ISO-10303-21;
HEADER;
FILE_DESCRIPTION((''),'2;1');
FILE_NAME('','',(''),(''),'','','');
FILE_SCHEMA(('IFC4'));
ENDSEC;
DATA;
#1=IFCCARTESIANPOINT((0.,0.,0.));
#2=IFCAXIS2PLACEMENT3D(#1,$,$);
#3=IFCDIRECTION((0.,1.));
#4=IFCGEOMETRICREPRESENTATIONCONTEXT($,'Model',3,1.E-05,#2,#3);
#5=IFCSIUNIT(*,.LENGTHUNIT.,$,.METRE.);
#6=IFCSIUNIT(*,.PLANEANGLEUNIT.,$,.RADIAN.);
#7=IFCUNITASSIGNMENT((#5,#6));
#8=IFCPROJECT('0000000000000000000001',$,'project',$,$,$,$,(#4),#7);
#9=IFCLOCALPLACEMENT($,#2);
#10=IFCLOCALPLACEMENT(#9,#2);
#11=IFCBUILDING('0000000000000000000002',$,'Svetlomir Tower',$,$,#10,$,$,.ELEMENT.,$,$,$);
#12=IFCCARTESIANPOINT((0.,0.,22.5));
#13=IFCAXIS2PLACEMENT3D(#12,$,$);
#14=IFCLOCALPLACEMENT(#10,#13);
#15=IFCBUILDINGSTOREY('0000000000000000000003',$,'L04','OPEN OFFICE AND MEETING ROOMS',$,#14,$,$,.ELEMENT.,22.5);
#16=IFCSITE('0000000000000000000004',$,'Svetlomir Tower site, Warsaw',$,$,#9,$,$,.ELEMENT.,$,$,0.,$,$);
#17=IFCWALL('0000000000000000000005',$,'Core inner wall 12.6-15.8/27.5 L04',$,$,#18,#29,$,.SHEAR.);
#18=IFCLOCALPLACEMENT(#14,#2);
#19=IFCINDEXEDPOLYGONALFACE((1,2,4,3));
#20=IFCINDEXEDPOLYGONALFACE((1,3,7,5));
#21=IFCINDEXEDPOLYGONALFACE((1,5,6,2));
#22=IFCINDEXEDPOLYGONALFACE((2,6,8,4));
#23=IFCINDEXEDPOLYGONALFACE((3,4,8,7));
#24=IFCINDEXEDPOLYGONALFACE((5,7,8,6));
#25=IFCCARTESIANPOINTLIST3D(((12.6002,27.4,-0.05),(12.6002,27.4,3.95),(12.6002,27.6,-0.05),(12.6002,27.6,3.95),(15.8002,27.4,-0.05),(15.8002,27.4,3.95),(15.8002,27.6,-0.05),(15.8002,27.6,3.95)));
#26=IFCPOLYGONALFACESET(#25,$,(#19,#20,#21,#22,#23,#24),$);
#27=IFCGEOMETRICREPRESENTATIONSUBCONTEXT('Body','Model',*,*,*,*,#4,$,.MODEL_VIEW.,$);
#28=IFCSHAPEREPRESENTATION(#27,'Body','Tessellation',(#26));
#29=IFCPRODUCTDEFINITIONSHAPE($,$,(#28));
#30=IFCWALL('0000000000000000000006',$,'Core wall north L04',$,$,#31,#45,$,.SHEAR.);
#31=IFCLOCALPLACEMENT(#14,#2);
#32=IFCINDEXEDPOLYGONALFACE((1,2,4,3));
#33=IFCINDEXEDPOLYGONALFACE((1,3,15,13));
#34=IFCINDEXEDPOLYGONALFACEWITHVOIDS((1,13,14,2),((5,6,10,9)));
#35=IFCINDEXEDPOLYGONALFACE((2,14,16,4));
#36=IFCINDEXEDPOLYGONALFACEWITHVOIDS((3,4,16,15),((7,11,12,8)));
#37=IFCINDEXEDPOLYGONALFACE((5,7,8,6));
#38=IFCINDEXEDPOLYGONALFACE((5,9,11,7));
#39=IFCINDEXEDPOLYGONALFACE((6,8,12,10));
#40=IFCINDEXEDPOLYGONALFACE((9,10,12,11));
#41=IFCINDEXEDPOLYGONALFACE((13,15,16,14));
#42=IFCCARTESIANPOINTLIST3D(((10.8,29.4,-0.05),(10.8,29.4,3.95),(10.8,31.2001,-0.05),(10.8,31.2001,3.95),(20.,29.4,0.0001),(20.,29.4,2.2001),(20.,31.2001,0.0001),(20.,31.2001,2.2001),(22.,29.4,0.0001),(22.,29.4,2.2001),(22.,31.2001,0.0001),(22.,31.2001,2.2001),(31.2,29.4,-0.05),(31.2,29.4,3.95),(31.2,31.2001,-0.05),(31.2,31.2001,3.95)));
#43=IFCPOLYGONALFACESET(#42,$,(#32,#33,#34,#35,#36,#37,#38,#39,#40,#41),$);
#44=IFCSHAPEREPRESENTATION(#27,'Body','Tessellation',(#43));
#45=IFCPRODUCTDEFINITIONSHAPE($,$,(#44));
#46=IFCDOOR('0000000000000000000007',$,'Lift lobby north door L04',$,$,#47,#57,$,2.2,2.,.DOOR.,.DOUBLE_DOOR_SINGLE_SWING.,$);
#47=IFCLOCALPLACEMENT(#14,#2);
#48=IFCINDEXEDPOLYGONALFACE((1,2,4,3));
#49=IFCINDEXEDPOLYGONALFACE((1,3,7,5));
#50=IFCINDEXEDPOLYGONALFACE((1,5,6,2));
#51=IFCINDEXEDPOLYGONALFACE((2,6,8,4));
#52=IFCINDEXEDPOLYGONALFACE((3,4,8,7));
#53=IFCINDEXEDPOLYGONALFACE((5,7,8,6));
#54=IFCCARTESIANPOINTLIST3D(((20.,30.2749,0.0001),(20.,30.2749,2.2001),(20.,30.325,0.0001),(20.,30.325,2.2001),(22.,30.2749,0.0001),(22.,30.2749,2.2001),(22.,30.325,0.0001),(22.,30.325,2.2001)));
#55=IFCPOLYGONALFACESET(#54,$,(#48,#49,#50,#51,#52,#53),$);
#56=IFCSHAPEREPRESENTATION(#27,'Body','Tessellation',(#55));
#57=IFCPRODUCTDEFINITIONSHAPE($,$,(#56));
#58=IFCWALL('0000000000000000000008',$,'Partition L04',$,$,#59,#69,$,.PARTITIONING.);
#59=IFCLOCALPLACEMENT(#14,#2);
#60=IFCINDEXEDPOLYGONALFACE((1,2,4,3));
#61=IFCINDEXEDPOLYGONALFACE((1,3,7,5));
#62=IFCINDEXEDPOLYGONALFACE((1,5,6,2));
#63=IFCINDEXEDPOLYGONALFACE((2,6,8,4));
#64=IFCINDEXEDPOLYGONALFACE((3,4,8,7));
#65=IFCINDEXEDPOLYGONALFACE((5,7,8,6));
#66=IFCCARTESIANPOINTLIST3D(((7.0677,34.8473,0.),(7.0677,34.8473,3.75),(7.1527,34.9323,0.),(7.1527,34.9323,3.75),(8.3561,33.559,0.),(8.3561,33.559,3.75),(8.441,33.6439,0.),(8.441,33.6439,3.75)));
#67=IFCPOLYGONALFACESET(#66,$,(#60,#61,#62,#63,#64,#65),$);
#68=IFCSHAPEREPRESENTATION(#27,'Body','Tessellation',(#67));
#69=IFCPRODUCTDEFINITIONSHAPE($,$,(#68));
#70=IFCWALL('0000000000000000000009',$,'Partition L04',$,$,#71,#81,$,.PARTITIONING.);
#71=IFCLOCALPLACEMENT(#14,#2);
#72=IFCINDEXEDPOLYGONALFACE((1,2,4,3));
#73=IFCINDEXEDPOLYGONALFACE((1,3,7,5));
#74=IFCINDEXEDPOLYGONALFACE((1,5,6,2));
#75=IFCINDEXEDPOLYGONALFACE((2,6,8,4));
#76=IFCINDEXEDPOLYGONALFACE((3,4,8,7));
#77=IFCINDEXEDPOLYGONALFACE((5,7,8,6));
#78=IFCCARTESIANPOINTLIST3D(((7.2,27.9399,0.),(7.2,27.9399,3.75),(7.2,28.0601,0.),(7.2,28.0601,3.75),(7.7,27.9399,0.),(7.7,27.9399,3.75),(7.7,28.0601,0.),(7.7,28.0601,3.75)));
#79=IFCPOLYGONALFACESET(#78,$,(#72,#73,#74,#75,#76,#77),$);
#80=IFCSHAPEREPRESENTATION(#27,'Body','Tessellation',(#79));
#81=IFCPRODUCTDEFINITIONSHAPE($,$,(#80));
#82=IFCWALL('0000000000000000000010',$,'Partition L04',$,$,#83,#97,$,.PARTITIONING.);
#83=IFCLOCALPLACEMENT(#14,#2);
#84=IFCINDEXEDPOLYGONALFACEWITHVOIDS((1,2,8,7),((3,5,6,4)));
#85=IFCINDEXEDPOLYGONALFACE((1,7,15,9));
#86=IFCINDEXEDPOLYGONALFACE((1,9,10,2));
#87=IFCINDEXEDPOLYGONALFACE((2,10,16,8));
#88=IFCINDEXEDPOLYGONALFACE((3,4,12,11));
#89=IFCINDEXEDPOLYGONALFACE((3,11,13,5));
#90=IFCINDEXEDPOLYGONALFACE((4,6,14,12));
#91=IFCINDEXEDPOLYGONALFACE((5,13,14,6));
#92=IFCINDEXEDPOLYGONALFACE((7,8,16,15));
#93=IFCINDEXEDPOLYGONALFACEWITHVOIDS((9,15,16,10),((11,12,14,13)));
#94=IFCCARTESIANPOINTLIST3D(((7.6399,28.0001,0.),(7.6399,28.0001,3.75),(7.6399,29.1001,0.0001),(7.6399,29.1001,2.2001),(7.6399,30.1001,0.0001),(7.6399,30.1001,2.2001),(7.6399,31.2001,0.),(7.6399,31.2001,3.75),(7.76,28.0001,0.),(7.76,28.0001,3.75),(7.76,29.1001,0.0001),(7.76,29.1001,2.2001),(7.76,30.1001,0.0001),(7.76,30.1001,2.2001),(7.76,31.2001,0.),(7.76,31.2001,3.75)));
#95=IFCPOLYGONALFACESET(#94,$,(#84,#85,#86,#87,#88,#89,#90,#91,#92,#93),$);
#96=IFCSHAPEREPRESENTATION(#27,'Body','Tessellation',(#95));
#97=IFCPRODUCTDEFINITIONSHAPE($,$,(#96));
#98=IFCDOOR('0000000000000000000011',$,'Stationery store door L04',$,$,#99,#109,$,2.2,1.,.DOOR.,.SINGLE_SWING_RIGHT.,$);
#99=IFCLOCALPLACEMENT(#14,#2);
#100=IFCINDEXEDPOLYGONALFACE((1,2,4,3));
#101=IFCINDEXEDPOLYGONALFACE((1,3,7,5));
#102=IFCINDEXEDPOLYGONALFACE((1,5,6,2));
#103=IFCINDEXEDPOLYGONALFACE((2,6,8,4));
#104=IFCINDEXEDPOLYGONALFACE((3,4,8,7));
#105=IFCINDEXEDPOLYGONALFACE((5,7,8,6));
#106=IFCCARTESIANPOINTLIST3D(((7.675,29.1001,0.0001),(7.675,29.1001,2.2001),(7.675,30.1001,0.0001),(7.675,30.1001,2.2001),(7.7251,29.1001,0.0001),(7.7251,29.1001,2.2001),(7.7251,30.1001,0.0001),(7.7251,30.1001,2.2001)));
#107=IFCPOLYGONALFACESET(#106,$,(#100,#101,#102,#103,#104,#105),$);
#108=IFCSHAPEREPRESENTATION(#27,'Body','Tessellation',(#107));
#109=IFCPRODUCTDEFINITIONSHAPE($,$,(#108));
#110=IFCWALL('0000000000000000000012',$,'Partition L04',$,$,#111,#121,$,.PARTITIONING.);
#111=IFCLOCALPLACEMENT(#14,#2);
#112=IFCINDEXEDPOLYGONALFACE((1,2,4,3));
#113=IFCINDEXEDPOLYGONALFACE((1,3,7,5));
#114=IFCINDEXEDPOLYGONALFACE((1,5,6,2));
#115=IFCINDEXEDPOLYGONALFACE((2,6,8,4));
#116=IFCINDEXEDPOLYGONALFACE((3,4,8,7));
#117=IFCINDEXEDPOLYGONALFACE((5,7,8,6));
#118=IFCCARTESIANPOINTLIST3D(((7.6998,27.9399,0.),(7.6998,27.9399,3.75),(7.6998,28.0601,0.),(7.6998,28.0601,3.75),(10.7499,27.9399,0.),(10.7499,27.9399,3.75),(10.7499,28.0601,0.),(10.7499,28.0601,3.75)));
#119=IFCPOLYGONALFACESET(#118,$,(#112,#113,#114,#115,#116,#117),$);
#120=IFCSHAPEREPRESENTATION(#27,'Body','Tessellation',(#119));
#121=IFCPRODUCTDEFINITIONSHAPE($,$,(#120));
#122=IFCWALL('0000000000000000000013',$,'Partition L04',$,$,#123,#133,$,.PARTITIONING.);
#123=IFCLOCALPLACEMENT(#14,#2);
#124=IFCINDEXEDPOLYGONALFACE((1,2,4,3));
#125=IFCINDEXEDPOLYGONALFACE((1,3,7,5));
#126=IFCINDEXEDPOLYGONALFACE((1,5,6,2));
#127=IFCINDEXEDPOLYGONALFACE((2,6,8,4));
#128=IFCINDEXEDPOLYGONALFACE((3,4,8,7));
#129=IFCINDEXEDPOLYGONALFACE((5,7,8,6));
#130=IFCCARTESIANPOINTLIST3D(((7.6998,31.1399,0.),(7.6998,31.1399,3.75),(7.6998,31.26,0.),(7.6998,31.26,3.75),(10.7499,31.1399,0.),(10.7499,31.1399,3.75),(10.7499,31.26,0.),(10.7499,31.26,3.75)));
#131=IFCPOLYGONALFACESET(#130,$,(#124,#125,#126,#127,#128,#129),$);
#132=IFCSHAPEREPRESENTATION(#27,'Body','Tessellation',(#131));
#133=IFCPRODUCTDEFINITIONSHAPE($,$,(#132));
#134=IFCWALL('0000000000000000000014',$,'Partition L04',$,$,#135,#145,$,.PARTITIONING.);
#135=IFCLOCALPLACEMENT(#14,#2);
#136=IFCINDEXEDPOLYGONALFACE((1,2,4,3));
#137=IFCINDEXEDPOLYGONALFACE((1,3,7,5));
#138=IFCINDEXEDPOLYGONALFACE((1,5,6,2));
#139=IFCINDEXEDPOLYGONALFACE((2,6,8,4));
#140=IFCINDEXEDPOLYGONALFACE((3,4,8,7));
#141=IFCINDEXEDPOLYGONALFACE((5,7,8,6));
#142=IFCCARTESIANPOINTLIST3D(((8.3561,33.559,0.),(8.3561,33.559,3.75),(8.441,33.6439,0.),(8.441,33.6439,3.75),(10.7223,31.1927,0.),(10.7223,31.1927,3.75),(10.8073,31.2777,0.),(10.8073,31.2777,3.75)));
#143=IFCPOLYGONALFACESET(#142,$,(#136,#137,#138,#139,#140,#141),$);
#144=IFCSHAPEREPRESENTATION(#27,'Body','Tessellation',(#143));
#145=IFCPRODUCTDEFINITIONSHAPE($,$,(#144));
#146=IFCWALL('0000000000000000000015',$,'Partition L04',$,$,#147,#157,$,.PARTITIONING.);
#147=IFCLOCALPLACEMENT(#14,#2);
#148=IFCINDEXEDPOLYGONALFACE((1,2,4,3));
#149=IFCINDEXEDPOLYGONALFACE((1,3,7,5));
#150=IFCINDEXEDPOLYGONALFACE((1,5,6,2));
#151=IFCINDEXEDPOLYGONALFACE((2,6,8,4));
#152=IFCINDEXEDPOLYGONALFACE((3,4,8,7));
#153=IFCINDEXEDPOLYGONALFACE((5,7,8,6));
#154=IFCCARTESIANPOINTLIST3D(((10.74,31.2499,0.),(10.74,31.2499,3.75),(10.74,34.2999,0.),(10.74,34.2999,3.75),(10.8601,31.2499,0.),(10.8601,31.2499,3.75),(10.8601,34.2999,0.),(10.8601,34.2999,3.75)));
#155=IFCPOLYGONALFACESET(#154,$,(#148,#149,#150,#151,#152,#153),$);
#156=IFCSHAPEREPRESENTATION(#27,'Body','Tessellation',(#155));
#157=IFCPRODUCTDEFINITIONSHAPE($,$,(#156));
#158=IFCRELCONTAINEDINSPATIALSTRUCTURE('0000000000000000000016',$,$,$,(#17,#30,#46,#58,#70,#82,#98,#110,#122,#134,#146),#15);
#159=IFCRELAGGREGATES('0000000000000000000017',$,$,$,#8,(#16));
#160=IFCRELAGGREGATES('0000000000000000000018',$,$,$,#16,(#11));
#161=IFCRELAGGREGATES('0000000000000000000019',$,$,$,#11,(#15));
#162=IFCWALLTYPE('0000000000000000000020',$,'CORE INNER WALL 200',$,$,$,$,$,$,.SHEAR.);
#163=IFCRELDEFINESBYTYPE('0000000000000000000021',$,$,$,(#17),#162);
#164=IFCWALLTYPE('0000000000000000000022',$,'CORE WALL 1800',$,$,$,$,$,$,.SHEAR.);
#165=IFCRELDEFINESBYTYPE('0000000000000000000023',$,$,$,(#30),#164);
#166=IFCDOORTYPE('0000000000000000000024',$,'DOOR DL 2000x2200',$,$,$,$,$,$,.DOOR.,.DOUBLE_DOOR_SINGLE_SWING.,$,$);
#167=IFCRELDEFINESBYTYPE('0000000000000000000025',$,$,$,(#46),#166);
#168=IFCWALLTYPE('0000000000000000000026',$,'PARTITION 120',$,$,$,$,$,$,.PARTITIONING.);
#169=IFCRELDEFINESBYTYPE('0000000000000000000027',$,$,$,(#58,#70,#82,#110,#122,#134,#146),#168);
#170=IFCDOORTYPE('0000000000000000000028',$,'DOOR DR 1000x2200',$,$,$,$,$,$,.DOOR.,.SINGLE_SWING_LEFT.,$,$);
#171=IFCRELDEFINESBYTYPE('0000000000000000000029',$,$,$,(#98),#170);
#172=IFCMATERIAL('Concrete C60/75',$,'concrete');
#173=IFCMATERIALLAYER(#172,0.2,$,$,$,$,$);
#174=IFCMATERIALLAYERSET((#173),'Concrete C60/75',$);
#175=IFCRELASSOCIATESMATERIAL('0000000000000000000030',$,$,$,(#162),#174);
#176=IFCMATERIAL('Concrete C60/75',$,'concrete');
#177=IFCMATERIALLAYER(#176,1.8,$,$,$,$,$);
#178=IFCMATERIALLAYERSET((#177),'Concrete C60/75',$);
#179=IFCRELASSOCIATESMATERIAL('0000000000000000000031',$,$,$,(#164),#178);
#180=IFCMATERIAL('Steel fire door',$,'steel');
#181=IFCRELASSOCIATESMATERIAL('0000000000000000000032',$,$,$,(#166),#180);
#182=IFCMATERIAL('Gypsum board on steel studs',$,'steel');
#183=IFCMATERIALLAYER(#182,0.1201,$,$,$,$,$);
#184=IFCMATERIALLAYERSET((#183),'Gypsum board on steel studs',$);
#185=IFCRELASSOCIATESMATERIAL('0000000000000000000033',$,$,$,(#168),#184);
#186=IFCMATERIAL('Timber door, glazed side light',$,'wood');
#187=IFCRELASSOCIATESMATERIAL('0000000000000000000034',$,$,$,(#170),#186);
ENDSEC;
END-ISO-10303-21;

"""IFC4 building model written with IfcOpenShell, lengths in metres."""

from ifc_helpers import new_model, si_unit, direction, frame, frame_2d, origin, place, context, subcontext, project, spatial, rectangle, extrude, material, layer, layer_set, type_object, element, fill, save


model = new_model("IFC4")

# Units and contexts
model_context = context("Model", 3, precision=1e-05, world=origin(), true_north=direction((0.0, 1.0)))
body_context = subcontext(model_context, "Body", "Model", "MODEL_VIEW")
ifc_project = project(units=[si_unit("LENGTHUNIT", "METRE"), si_unit("PLANEANGLEUNIT", "RADIAN")], contexts=[model_context])

# Site, building, storey
site_placement = place(None, origin())
site = spatial("IfcSite", under=ifc_project, at=site_placement, Name="Svetlomir Tower site, Warsaw", CompositionType="ELEMENT", RefElevation=0.0)
building_placement = place(site_placement, origin())
building = spatial("IfcBuilding", under=site, at=building_placement, Name="Svetlomir Tower", CompositionType="ELEMENT")
storey_placement = place(building_placement, frame((0.0, 0.0, 22.5)))
storey = spatial("IfcBuildingStorey", under=building, at=storey_placement, Name="L04", Description="OPEN OFFICE AND MEETING ROOMS", CompositionType="ELEMENT", Elevation=22.5)

# Shared definitions
ifc_material_1 = material(Name="Concrete C60/75", Category="concrete")
ifc_layer_1 = layer(ifc_material_1, 0.2)
ifc_layer_set_1 = layer_set([ifc_layer_1], Name="Concrete C60/75")
wall_type_1 = type_object("IfcWallType", Name="CORE INNER WALL 200", PredefinedType="SHEAR", material=ifc_layer_set_1)

# Wall
wall_1_placement = place(storey_placement, frame((12.6001, 27.5, -0.05), z_axis=(0.0, 0.0, 1.0), x_axis=(1.0, 0.0, 0.0)))
element("IfcWall", 1, at=wall_1_placement, inside=storey, type_object=wall_type_1, Name="Core inner wall 12.6-15.8/27.5 L04", PredefinedType="SHEAR", context=body_context, shape_type="SweptSolid", body=[
    extrude(rectangle(XDim=3.2, YDim=0.2, at=frame_2d((1.6001, 0.0))), origin(), (0.0, 0.0, 1.0), 4.0),
])

# Wall, opening, door
ifc_material_2 = material(Name="Concrete C60/75", Category="concrete")
ifc_layer_2 = layer(ifc_material_2, 1.8)
ifc_layer_set_2 = layer_set([ifc_layer_2], Name="Concrete C60/75")
wall_type_2 = type_object("IfcWallType", Name="CORE WALL 1800", PredefinedType="SHEAR", material=ifc_layer_set_2)
wall_2_placement = place(storey_placement, frame((10.8, 30.3, -0.05), z_axis=(0.0, 0.0, 1.0), x_axis=(1.0, 0.0, 0.0)))
wall_2 = element("IfcWall", 2, at=wall_2_placement, inside=storey, type_object=wall_type_2, Name="Core wall north L04", PredefinedType="SHEAR", context=body_context, shape_type="SweptSolid", body=[
    extrude(rectangle(XDim=20.3999, YDim=1.8, at=frame_2d((10.2, 0.0))), origin(), (0.0, 0.0, 1.0), 4.0),
])
opening_1_placement = place(wall_2_placement, frame((9.2, 0.0, 0.05)))
opening_1 = element("IfcOpeningElement", 3, at=opening_1_placement, cuts=wall_2, PredefinedType="OPENING", context=body_context, shape_type="SweptSolid", body=[
    extrude(rectangle(XDim=2.0, YDim=2.2, at=frame_2d((1.0, 1.1001))), frame((0.0, 0.9102, 0.0), z_axis=(0.0, -1.0, 0.0), x_axis=(1.0, 0.0, 0.0)), (0.0, 0.0, 1.0), 1.8201),
])
ifc_material_3 = material(Name="Steel fire door", Category="steel")
door_type_1 = type_object("IfcDoorType", Name="DOOR DL 2000x2200", OperationType="DOUBLE_DOOR_SINGLE_SWING", PredefinedType="DOOR", material=ifc_material_3)
door_1_placement = place(opening_1_placement, origin())
door_1 = element("IfcDoor", 4, at=door_1_placement, inside=storey, type_object=door_type_1, Name="Lift lobby north door L04", OperationType="DOUBLE_DOOR_SINGLE_SWING", OverallHeight=2.2, OverallWidth=2.0, PredefinedType="DOOR", context=body_context, shape_type="SweptSolid", body=[
    extrude(rectangle(XDim=2.0, YDim=2.2, at=frame_2d((1.0, 1.1001))), frame((0.0, 0.0249, 0.0), z_axis=(0.0, -1.0, 0.0), x_axis=(1.0, 0.0, 0.0)), (0.0, 0.0, 1.0), 0.05),
])
fill(opening_1, door_1)

# Walls
ifc_material_4 = material(Name="Gypsum board on steel studs", Category="steel")
ifc_layer_3 = layer(ifc_material_4, 0.1201)
ifc_layer_set_3 = layer_set([ifc_layer_3], Name="Gypsum board on steel studs")
wall_type_3 = type_object("IfcWallType", Name="PARTITION 120", PredefinedType="PARTITIONING", material=ifc_layer_set_3)
wall_3_placement = place(storey_placement, frame((7.1101, 34.8899, 0.0), z_axis=(0.0, 0.0, 1.0), x_axis=(0.707107, -0.707107, 0.0)))
element("IfcWall", 5, at=wall_3_placement, inside=storey, type_object=wall_type_3, Name="Partition L04", PredefinedType="PARTITIONING", context=body_context, shape_type="SweptSolid", body=[
    extrude(rectangle(XDim=1.822, YDim=0.1201, at=frame_2d((0.9111, 0.0))), origin(), (0.0, 0.0, 1.0), 3.75),
])
wall_4_placement = place(storey_placement, frame((7.2, 28.0, 0.0), z_axis=(0.0, 0.0, 1.0), x_axis=(1.0, 0.0, 0.0)))
element("IfcWall", 6, at=wall_4_placement, inside=storey, type_object=wall_type_3, Name="Partition L04", PredefinedType="PARTITIONING", context=body_context, shape_type="SweptSolid", body=[
    extrude(rectangle(XDim=0.5, YDim=0.1201, at=frame_2d((0.25, 0.0))), origin(), (0.0, 0.0, 1.0), 3.75),
])

# Wall, opening, door
wall_5_placement = place(storey_placement, frame((7.7, 28.0, 0.0), z_axis=(0.0, 0.0, 1.0), x_axis=(0.0, 1.0, 0.0)))
wall_5 = element("IfcWall", 7, at=wall_5_placement, inside=storey, type_object=wall_type_3, Name="Partition L04", PredefinedType="PARTITIONING", context=body_context, shape_type="SweptSolid", body=[
    extrude(rectangle(XDim=3.2, YDim=0.1201, at=frame_2d((1.6001, 0.0))), origin(), (0.0, 0.0, 1.0), 3.75),
])
opening_2_placement = place(wall_5_placement, frame((1.1001, 0.0, 0.0)))
opening_2 = element("IfcOpeningElement", 8, at=opening_2_placement, cuts=wall_5, PredefinedType="OPENING", context=body_context, shape_type="SweptSolid", body=[
    extrude(rectangle(XDim=1.0, YDim=2.2, at=frame_2d((0.5, 1.1001))), frame((0.0, 0.0701, 0.0), z_axis=(0.0, -1.0, 0.0), x_axis=(1.0, 0.0, 0.0)), (0.0, 0.0, 1.0), 0.1401),
])
ifc_material_5 = material(Name="Timber door, glazed side light", Category="wood")
door_type_2 = type_object("IfcDoorType", Name="DOOR DR 1000x2200", OperationType="SINGLE_SWING_LEFT", PredefinedType="DOOR", material=ifc_material_5)
door_2_placement = place(opening_2_placement, origin())
door_2 = element("IfcDoor", 9, at=door_2_placement, inside=storey, type_object=door_type_2, Name="Stationery store door L04", OperationType="SINGLE_SWING_RIGHT", OverallHeight=2.2, OverallWidth=1.0, PredefinedType="DOOR", context=body_context, shape_type="SweptSolid", body=[
    extrude(rectangle(XDim=1.0, YDim=2.2, at=frame_2d((0.5, 1.1001))), frame((0.0, 0.0249, 0.0), z_axis=(0.0, -1.0, 0.0), x_axis=(1.0, 0.0, 0.0)), (0.0, 0.0, 1.0), 0.05),
])
fill(opening_2, door_2)

# Walls
for number, where, z_axis, x_axis, name in (
    (10, (7.7, 28.0, 0.0), (0.0, 0.0, 1.0), (1.0, 0.0, 0.0), "Partition L04"),
    (11, (7.7, 31.2, 0.0), (0.0, 0.0, 1.0), (1.0, 0.0, 0.0), "Partition L04"),
):
    element("IfcWall", number, at=place(storey_placement, frame(where, z_axis=z_axis, x_axis=x_axis)), inside=storey, type_object=wall_type_3, Name=name, PredefinedType="PARTITIONING", context=body_context, shape_type="SweptSolid", body=[
        extrude(rectangle(XDim=3.05, YDim=0.1201, at=frame_2d((1.5249, 0.0))), origin(), (0.0, 0.0, 1.0), 3.75),
    ])
wall_6_placement = place(storey_placement, frame((8.3984, 33.6016, 0.0), z_axis=(0.0, 0.0, 1.0), x_axis=(0.707107, -0.707107, 0.0)))
element("IfcWall", 12, at=wall_6_placement, inside=storey, type_object=wall_type_3, Name="Partition L04", PredefinedType="PARTITIONING", context=body_context, shape_type="SweptSolid", body=[
    extrude(rectangle(XDim=3.3464, YDim=0.1201, at=frame_2d((1.6733, 0.0))), origin(), (0.0, 0.0, 1.0), 3.75),
])
wall_7_placement = place(storey_placement, frame((10.8, 31.25, 0.0), z_axis=(0.0, 0.0, 1.0), x_axis=(0.0, 1.0, 0.0)))
element("IfcWall", 13, at=wall_7_placement, inside=storey, type_object=wall_type_3, Name="Partition L04", PredefinedType="PARTITIONING", context=body_context, shape_type="SweptSolid", body=[
    extrude(rectangle(XDim=3.05, YDim=0.1201, at=frame_2d((1.5249, 0.0))), origin(), (0.0, 0.0, 1.0), 3.75),
])

save(model, "model.ifc")
